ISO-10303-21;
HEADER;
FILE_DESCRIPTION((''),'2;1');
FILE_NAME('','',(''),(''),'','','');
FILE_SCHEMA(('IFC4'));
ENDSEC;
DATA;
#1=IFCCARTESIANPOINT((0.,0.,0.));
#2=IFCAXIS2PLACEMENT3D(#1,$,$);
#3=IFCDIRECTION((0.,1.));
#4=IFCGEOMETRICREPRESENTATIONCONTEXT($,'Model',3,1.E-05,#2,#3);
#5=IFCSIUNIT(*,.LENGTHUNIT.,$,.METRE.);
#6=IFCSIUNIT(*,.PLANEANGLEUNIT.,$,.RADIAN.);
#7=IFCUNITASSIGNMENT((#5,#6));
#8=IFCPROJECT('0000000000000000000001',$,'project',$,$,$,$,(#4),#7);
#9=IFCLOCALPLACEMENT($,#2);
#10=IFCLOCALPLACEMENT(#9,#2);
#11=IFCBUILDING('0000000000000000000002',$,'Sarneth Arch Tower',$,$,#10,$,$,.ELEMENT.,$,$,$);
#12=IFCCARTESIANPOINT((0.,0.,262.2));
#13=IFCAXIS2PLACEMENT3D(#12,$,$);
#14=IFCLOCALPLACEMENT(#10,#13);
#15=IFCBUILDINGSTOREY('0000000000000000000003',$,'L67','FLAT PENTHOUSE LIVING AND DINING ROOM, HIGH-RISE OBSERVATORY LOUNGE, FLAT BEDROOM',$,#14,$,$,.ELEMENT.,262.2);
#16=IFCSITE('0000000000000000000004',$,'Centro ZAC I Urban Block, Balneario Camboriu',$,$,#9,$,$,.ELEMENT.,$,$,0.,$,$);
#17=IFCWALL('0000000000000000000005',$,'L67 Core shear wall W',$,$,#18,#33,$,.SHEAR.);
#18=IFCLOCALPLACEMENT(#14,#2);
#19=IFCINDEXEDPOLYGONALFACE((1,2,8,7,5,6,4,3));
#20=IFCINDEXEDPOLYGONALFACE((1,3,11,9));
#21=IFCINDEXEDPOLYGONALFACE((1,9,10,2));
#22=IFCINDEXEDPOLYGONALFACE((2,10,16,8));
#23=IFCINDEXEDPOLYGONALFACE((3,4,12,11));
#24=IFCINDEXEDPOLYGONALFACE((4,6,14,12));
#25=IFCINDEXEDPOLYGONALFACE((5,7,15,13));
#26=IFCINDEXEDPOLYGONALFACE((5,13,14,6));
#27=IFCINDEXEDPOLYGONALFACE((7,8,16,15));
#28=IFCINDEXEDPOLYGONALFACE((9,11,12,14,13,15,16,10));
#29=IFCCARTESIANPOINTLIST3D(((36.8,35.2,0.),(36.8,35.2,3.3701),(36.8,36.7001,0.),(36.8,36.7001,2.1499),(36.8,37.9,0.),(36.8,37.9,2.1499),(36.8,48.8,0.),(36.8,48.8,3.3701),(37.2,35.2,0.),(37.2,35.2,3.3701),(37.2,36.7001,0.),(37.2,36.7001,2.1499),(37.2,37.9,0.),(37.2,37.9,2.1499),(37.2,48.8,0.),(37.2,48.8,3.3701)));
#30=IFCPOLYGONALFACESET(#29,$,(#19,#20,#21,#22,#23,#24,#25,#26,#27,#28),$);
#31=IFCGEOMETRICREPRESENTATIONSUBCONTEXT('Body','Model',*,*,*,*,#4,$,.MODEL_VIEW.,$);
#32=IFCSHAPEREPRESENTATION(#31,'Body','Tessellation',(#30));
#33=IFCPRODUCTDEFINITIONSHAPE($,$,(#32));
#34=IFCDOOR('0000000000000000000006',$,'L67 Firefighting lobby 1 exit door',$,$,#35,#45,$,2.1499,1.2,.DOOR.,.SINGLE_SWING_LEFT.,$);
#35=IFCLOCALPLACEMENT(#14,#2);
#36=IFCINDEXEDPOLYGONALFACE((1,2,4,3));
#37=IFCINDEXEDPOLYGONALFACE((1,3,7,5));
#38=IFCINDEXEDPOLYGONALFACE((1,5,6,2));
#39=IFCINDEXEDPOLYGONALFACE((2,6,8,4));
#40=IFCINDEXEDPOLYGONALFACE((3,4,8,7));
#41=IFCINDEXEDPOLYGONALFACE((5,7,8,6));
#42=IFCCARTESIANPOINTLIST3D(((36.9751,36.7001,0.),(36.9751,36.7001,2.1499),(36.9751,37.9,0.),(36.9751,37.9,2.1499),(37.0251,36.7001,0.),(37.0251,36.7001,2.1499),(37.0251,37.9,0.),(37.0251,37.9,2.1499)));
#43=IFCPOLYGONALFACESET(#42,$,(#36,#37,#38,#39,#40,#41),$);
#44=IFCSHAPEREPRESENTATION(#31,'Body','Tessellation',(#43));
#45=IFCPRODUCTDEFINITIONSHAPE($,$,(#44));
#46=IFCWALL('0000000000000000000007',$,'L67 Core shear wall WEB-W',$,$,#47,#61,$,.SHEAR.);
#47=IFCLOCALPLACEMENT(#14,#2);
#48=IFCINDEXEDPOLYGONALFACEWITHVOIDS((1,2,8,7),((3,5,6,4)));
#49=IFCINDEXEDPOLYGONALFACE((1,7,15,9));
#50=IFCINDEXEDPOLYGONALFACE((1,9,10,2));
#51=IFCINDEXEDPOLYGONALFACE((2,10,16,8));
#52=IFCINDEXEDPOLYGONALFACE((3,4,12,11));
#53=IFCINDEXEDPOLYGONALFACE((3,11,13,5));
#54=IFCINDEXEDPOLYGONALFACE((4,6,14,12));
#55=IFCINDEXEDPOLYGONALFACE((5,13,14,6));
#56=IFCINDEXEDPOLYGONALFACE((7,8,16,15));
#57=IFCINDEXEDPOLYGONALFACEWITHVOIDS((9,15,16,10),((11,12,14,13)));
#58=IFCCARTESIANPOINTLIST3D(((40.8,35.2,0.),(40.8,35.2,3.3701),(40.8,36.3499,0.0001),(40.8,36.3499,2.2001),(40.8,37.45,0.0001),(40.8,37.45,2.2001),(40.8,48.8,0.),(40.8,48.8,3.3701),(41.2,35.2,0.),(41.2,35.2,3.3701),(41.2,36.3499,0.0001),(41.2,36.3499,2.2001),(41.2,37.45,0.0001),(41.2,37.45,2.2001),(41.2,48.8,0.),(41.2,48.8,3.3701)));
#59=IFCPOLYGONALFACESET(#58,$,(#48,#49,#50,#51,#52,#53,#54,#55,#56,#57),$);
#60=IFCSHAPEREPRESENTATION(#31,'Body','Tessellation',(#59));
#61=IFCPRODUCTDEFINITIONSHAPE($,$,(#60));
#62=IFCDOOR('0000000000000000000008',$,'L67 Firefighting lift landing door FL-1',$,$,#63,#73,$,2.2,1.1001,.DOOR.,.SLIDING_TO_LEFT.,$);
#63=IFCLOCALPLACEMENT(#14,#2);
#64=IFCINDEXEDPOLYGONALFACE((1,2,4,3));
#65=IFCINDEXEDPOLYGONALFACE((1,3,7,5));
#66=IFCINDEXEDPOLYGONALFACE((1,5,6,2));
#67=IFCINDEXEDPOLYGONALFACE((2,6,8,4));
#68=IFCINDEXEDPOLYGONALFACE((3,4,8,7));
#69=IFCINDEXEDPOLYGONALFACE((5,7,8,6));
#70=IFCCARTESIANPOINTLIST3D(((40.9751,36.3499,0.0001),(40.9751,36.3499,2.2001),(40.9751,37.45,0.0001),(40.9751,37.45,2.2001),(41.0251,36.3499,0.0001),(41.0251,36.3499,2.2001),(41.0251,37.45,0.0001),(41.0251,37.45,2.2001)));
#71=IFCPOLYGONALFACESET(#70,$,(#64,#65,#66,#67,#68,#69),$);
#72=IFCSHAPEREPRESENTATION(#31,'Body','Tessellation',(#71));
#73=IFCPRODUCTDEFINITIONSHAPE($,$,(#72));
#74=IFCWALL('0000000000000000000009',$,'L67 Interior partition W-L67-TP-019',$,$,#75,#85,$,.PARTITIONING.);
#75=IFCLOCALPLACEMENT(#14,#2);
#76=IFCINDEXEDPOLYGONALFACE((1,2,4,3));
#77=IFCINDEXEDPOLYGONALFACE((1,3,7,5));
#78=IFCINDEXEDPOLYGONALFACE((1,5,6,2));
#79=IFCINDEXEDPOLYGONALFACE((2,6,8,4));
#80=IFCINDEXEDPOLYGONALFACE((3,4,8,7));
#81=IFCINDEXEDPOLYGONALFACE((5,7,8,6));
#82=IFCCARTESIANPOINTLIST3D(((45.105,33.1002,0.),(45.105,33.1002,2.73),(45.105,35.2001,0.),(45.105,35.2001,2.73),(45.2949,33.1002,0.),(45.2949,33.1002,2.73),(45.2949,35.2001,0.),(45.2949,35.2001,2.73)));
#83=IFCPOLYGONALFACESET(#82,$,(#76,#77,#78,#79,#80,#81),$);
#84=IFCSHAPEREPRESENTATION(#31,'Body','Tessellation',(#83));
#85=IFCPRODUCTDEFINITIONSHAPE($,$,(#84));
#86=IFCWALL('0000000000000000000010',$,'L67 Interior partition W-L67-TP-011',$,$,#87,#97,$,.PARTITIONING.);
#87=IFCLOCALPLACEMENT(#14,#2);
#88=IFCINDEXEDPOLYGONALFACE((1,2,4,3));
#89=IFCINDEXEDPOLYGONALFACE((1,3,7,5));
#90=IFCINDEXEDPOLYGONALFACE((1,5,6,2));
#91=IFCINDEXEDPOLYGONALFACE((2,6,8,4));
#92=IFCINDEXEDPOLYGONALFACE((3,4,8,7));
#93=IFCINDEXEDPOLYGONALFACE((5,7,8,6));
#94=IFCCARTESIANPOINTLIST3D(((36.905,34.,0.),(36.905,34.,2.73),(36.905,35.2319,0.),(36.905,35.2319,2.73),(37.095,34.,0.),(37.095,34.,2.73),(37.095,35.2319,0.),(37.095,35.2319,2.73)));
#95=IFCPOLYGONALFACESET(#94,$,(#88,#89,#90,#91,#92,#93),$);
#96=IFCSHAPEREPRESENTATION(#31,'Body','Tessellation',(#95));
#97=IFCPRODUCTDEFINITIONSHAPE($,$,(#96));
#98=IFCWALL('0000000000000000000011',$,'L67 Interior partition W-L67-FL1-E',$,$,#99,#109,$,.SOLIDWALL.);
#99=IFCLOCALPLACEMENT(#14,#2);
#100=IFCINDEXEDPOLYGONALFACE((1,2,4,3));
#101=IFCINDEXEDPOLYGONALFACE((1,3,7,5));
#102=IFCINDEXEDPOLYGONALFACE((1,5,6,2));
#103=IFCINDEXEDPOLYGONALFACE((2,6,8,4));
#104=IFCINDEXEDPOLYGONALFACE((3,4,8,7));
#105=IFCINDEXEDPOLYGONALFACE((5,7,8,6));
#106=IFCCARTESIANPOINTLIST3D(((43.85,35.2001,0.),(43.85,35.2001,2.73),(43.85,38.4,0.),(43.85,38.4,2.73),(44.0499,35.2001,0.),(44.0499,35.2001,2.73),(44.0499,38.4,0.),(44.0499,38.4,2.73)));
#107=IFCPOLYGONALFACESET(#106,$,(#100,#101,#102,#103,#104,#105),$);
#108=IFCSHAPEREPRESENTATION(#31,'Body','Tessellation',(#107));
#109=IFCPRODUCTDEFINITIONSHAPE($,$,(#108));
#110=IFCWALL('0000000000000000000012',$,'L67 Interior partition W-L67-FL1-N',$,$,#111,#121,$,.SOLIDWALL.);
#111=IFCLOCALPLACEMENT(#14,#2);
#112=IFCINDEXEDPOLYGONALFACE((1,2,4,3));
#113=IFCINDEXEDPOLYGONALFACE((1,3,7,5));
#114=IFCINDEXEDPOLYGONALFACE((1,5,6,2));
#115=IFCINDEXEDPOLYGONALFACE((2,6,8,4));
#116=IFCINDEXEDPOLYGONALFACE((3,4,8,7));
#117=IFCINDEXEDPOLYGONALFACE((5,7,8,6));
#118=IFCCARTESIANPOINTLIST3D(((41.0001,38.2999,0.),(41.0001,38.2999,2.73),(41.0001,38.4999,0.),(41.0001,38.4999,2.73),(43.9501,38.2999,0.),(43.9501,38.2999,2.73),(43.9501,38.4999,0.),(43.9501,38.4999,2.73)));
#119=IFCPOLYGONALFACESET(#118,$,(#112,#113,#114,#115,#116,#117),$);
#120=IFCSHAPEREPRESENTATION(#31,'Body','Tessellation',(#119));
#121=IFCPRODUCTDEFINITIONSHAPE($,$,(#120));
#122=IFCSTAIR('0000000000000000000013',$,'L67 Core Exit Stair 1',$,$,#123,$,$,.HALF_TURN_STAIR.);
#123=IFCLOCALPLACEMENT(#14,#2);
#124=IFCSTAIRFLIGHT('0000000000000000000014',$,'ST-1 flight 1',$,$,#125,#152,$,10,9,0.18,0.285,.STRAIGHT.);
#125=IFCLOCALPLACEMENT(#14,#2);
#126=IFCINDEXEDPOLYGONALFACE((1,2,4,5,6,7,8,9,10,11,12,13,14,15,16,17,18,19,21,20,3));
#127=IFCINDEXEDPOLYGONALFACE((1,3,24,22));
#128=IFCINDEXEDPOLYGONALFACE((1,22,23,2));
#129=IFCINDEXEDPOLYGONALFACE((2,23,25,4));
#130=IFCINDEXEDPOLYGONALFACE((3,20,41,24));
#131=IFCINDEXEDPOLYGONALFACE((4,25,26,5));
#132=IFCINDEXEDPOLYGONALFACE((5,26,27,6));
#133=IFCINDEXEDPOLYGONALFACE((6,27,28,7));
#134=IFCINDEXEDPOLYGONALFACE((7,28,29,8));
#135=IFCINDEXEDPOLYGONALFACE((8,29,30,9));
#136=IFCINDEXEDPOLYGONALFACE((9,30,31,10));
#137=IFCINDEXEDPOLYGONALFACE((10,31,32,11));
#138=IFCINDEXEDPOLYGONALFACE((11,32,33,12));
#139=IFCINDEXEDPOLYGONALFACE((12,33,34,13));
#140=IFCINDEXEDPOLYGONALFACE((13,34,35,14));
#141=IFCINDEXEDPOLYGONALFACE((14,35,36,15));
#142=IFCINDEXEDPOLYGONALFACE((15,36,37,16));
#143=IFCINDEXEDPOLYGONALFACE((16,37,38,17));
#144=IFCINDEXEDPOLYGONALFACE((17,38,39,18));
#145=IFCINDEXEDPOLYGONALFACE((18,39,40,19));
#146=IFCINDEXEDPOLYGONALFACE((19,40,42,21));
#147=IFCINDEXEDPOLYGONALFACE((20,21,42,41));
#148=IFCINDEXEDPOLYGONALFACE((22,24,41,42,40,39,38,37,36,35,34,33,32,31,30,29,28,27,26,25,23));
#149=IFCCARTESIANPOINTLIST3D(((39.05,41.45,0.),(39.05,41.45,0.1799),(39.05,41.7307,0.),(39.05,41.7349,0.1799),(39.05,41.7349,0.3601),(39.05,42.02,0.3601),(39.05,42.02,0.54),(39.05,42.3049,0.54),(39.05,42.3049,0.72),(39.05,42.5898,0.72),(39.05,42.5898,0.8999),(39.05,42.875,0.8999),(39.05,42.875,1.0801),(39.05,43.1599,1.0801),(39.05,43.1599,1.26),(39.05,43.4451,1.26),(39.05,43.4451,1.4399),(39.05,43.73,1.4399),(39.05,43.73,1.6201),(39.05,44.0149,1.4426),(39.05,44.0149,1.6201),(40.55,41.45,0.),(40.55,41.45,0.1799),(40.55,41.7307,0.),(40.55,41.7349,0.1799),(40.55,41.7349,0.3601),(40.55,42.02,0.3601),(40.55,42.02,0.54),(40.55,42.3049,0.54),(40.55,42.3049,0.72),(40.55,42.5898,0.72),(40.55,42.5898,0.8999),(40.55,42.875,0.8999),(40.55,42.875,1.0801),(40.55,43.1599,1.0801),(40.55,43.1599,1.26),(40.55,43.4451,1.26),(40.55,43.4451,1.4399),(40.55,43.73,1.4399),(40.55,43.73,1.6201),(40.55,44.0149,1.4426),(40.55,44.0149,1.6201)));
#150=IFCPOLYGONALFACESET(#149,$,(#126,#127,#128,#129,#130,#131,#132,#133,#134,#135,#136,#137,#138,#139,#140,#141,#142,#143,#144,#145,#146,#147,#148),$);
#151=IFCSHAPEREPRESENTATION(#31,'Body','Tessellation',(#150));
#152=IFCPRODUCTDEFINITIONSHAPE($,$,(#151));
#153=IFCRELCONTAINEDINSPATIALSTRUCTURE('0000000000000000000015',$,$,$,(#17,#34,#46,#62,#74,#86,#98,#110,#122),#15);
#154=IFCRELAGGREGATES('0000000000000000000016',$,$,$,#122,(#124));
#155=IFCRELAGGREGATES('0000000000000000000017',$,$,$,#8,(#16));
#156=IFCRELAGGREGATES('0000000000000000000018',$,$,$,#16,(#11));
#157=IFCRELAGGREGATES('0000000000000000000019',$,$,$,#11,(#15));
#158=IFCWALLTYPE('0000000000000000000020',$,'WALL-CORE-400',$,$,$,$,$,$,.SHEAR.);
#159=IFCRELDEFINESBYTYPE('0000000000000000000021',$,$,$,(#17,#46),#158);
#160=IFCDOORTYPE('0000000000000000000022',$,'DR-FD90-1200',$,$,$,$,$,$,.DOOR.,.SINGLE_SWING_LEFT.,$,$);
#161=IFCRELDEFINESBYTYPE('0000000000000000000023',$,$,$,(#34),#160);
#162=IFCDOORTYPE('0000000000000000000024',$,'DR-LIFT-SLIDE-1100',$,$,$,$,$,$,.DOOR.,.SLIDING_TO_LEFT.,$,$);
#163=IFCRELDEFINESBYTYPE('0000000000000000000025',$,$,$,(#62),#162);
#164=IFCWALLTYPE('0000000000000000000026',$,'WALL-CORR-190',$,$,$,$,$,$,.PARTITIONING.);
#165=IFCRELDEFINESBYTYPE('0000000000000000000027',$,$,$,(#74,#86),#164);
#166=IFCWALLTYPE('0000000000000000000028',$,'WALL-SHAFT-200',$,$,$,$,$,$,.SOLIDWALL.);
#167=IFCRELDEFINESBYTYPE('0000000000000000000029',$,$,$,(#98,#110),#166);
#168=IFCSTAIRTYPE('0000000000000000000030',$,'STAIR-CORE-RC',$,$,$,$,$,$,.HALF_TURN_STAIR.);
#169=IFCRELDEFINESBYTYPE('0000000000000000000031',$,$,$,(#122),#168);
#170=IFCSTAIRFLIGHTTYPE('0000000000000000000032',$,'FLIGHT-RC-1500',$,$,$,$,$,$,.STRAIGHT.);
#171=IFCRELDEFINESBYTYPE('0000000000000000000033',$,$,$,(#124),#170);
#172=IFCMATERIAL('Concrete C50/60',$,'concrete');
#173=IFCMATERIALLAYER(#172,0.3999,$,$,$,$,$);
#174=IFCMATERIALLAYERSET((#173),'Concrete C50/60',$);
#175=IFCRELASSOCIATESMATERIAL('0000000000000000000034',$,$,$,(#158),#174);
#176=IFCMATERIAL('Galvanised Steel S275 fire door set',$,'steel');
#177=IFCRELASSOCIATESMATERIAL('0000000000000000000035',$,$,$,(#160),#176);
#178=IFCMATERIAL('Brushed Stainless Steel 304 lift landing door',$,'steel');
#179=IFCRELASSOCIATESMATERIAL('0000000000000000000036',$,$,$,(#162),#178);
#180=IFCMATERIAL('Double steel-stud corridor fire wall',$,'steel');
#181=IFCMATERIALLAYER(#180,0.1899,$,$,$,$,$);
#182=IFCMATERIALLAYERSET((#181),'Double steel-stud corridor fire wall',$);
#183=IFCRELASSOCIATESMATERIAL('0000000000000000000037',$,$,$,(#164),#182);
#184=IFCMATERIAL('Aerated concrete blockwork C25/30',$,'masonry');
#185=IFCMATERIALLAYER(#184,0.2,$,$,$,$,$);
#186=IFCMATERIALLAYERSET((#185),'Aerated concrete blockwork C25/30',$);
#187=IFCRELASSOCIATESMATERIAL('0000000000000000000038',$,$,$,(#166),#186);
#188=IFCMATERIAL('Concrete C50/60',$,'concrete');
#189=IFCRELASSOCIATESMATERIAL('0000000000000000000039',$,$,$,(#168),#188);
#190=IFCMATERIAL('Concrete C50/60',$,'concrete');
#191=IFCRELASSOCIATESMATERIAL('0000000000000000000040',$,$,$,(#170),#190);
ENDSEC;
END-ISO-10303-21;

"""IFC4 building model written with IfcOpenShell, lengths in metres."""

from ifc_helpers import new_model, si_unit, direction, frame, frame_2d, origin, place, context, subcontext, project, spatial, polyline, rectangle, outline, extrude, material, layer, layer_set, type_object, element, fill, aggregate, save


model = new_model("IFC4")

# Units and contexts
model_context = context("Model", 3, precision=1e-05, world=origin(), true_north=direction((0.0, 1.0)))
body_context = subcontext(model_context, "Body", "Model", "MODEL_VIEW")
ifc_project = project(units=[si_unit("LENGTHUNIT", "METRE"), si_unit("PLANEANGLEUNIT", "RADIAN")], contexts=[model_context])

# Site, building, storey
site_placement = place(None, origin())
site = spatial("IfcSite", under=ifc_project, at=site_placement, Name="Centro ZAC I Urban Block, Balneario Camboriu", CompositionType="ELEMENT", RefElevation=0.0)
building_placement = place(site_placement, origin())
building = spatial("IfcBuilding", under=site, at=building_placement, Name="Sarneth Arch Tower", CompositionType="ELEMENT")
storey_placement = place(building_placement, frame((0.0, 0.0, 262.2)))
storey = spatial("IfcBuildingStorey", under=building, at=storey_placement, Name="L67", Description="FLAT PENTHOUSE LIVING AND DINING ROOM, HIGH-RISE OBSERVATORY LOUNGE, FLAT BEDROOM", CompositionType="ELEMENT", Elevation=262.2)

# Shared definitions
ifc_material_1 = material(Name="Concrete C50/60", Category="concrete")
ifc_layer_1 = layer(ifc_material_1, 0.3999)
ifc_layer_set_1 = layer_set([ifc_layer_1], Name="Concrete C50/60")
wall_type_1 = type_object("IfcWallType", Name="WALL-CORE-400", PredefinedType="SHEAR", material=ifc_layer_set_1)

# Walls, openings, doors
wall_1_placement = place(storey_placement, frame((37.0, 35.2, 0.0), z_axis=(0.0, 0.0, 1.0), x_axis=(0.0, 1.0, 0.0)))
wall_1 = element("IfcWall", 1, at=wall_1_placement, inside=storey, type_object=wall_type_1, Name="L67 Core shear wall W", PredefinedType="SHEAR", context=body_context, shape_type="SweptSolid", body=[
    extrude(rectangle(XDim=13.6001, YDim=0.3999, at=frame_2d((6.8, 0.0))), origin(), (0.0, 0.0, 1.0), 3.3701),
])
opening_1_placement = place(wall_1_placement, frame((1.5, 0.0, 0.0)))
opening_1 = element("IfcOpeningElement", 2, at=opening_1_placement, cuts=wall_1, PredefinedType="OPENING", context=body_context, shape_type="SweptSolid", body=[
    extrude(rectangle(XDim=1.2, YDim=2.1499, at=frame_2d((0.6001, 1.075))), frame((0.0, 0.21, 0.0), z_axis=(0.0, -1.0, 0.0), x_axis=(1.0, 0.0, 0.0)), (0.0, 0.0, 1.0), 0.4199),
])
ifc_material_2 = material(Name="Galvanised Steel S275 fire door set", Category="steel")
door_type_1 = type_object("IfcDoorType", Name="DR-FD90-1200", OperationType="SINGLE_SWING_LEFT", PredefinedType="DOOR", material=ifc_material_2)
door_1_placement = place(opening_1_placement, origin())
door_1 = element("IfcDoor", 3, at=door_1_placement, inside=storey, type_object=door_type_1, Name="L67 Firefighting lobby 1 exit door", OperationType="SINGLE_SWING_LEFT", OverallHeight=2.1499, OverallWidth=1.2, PredefinedType="DOOR", context=body_context, shape_type="SweptSolid", body=[
    extrude(rectangle(XDim=1.2, YDim=2.1499, at=frame_2d((0.6001, 1.075))), frame((0.0, 0.0249, 0.0), z_axis=(0.0, -1.0, 0.0), x_axis=(1.0, 0.0, 0.0)), (0.0, 0.0, 1.0), 0.05),
])
fill(opening_1, door_1)
wall_2_placement = place(storey_placement, frame((41.0, 35.2, 0.0), z_axis=(0.0, 0.0, 1.0), x_axis=(0.0, 1.0, 0.0)))
wall_2 = element("IfcWall", 4, at=wall_2_placement, inside=storey, type_object=wall_type_1, Name="L67 Core shear wall WEB-W", PredefinedType="SHEAR", context=body_context, shape_type="SweptSolid", body=[
    extrude(rectangle(XDim=13.6001, YDim=0.3999, at=frame_2d((6.8, 0.0))), origin(), (0.0, 0.0, 1.0), 3.3701),
])
opening_2_placement = place(wall_2_placement, frame((1.1499, 0.0, 0.0)))
opening_2 = element("IfcOpeningElement", 5, at=opening_2_placement, cuts=wall_2, PredefinedType="OPENING", context=body_context, shape_type="SweptSolid", body=[
    extrude(rectangle(XDim=1.1001, YDim=2.2, at=frame_2d((0.55, 1.1001))), frame((0.0, 0.21, 0.0), z_axis=(0.0, -1.0, 0.0), x_axis=(1.0, 0.0, 0.0)), (0.0, 0.0, 1.0), 0.4199),
])
ifc_material_3 = material(Name="Brushed Stainless Steel 304 lift landing door", Category="steel")
door_type_2 = type_object("IfcDoorType", Name="DR-LIFT-SLIDE-1100", OperationType="SLIDING_TO_LEFT", PredefinedType="DOOR", material=ifc_material_3)
door_2_placement = place(opening_2_placement, origin())
door_2 = element("IfcDoor", 6, at=door_2_placement, inside=storey, type_object=door_type_2, Name="L67 Firefighting lift landing door FL-1", OperationType="SLIDING_TO_LEFT", OverallHeight=2.2, OverallWidth=1.1001, PredefinedType="DOOR", context=body_context, shape_type="SweptSolid", body=[
    extrude(rectangle(XDim=1.1001, YDim=2.2, at=frame_2d((0.55, 1.1001))), frame((0.0, 0.0249, 0.0), z_axis=(0.0, -1.0, 0.0), x_axis=(1.0, 0.0, 0.0)), (0.0, 0.0, 1.0), 0.05),
])
fill(opening_2, door_2)

# Walls
ifc_material_4 = material(Name="Double steel-stud corridor fire wall", Category="steel")
ifc_layer_2 = layer(ifc_material_4, 0.1899)
ifc_layer_set_2 = layer_set([ifc_layer_2], Name="Double steel-stud corridor fire wall")
wall_type_2 = type_object("IfcWallType", Name="WALL-CORR-190", PredefinedType="PARTITIONING", material=ifc_layer_set_2)
wall_3_placement = place(storey_placement, frame((45.2, 35.2, 0.0), z_axis=(0.0, 0.0, 1.0), x_axis=(0.0, -1.0, 0.0)))
element("IfcWall", 7, at=wall_3_placement, inside=storey, type_object=wall_type_2, Name="L67 Interior partition W-L67-TP-019", PredefinedType="PARTITIONING", context=body_context, shape_type="SweptSolid", body=[
    extrude(rectangle(XDim=2.0999, YDim=0.1899, at=frame_2d((1.0498, 0.0))), origin(), (0.0, 0.0, 1.0), 2.73),
])
wall_4_placement = place(storey_placement, frame((37.0, 35.2319, 0.0), z_axis=(0.0, 0.0, 1.0), x_axis=(0.0, -1.0, 0.0)))
element("IfcWall", 8, at=wall_4_placement, inside=storey, type_object=wall_type_2, Name="L67 Interior partition W-L67-TP-011", PredefinedType="PARTITIONING", context=body_context, shape_type="SweptSolid", body=[
    extrude(rectangle(XDim=1.2319, YDim=0.1899, at=frame_2d((0.616, 0.0))), origin(), (0.0, 0.0, 1.0), 2.73),
])

# Shared definitions
ifc_material_5 = material(Name="Aerated concrete blockwork C25/30", Category="masonry")
ifc_layer_3 = layer(ifc_material_5, 0.2)
ifc_layer_set_3 = layer_set([ifc_layer_3], Name="Aerated concrete blockwork C25/30")
wall_type_3 = type_object("IfcWallType", Name="WALL-SHAFT-200", PredefinedType="SOLIDWALL", material=ifc_layer_set_3)

# Walls
wall_5_placement = place(storey_placement, frame((43.95, 35.2, 0.0), z_axis=(0.0, 0.0, 1.0), x_axis=(0.0, 1.0, 0.0)))
element("IfcWall", 9, at=wall_5_placement, inside=storey, type_object=wall_type_3, Name="L67 Interior partition W-L67-FL1-E", PredefinedType="SOLIDWALL", context=body_context, shape_type="SweptSolid", body=[
    extrude(rectangle(XDim=3.2, YDim=0.2, at=frame_2d((1.6001, 0.0))), origin(), (0.0, 0.0, 1.0), 2.73),
])
wall_6_placement = place(storey_placement, frame((41.0, 38.3999, 0.0), z_axis=(0.0, 0.0, 1.0), x_axis=(1.0, 0.0, 0.0)))
element("IfcWall", 10, at=wall_6_placement, inside=storey, type_object=wall_type_3, Name="L67 Interior partition W-L67-FL1-N", PredefinedType="SOLIDWALL", context=body_context, shape_type="SweptSolid", body=[
    extrude(rectangle(XDim=2.95, YDim=0.2, at=frame_2d((1.4751, 0.0))), origin(), (0.0, 0.0, 1.0), 2.73),
])

# Stair, stair flight
ifc_material_6 = material(Name="Concrete C50/60", Category="concrete")
stair_type = type_object("IfcStairType", Name="STAIR-CORE-RC", PredefinedType="HALF_TURN_STAIR", material=ifc_material_6)
stair_placement = place(storey_placement, origin())
stair = element("IfcStair", 11, at=stair_placement, inside=storey, type_object=stair_type, Name="L67 Core Exit Stair 1", PredefinedType="HALF_TURN_STAIR")
ifc_material_7 = material(Name="Concrete C50/60", Category="concrete")
stair_flight_type = type_object("IfcStairFlightType", Name="FLIGHT-RC-1500", PredefinedType="STRAIGHT", material=ifc_material_7)
stair_flight_placement = place(storey_placement, frame((39.8, 41.45, 0.0), z_axis=(0.0, 0.0, 1.0), x_axis=(0.0, 1.0, 0.0)))
stair_flight = element("IfcStairFlight", 12, at=stair_flight_placement, type_object=stair_flight_type, Name="ST-1 flight 1", NumberOfRisers=10, NumberOfTreads=9, PredefinedType="STRAIGHT", RiserHeight=0.18, TreadLength=0.285, context=body_context, shape_type="SweptSolid", body=[
    extrude(outline(polyline([(0.0, 0.0), (0.0, 0.1799), (0.2849, 0.1799), (0.2849, 0.3601), (0.5701, 0.3601), (0.5701, 0.54), (0.855, 0.54), (0.855, 0.72), (1.1399, 0.72), (1.1399, 0.8999), (1.425, 0.8999), (1.425, 1.0801), (1.71, 1.0801), (1.71, 1.26), (1.9951, 1.26), (1.9951, 1.4399), (2.28, 1.4399), (2.28, 1.6201), (2.5649, 1.6201), (2.5649, 1.8), (2.5649, 1.4426), (0.2808, 0.0), (0.0, 0.0)])), frame((0.0, 0.75, 0.0), z_axis=(0.0, -1.0, 0.0), x_axis=(1.0, 0.0, 0.0)), (0.0, 0.0, 1.0), 1.5),
])
aggregate(stair, [stair_flight])

save(model, "model.ifc")
